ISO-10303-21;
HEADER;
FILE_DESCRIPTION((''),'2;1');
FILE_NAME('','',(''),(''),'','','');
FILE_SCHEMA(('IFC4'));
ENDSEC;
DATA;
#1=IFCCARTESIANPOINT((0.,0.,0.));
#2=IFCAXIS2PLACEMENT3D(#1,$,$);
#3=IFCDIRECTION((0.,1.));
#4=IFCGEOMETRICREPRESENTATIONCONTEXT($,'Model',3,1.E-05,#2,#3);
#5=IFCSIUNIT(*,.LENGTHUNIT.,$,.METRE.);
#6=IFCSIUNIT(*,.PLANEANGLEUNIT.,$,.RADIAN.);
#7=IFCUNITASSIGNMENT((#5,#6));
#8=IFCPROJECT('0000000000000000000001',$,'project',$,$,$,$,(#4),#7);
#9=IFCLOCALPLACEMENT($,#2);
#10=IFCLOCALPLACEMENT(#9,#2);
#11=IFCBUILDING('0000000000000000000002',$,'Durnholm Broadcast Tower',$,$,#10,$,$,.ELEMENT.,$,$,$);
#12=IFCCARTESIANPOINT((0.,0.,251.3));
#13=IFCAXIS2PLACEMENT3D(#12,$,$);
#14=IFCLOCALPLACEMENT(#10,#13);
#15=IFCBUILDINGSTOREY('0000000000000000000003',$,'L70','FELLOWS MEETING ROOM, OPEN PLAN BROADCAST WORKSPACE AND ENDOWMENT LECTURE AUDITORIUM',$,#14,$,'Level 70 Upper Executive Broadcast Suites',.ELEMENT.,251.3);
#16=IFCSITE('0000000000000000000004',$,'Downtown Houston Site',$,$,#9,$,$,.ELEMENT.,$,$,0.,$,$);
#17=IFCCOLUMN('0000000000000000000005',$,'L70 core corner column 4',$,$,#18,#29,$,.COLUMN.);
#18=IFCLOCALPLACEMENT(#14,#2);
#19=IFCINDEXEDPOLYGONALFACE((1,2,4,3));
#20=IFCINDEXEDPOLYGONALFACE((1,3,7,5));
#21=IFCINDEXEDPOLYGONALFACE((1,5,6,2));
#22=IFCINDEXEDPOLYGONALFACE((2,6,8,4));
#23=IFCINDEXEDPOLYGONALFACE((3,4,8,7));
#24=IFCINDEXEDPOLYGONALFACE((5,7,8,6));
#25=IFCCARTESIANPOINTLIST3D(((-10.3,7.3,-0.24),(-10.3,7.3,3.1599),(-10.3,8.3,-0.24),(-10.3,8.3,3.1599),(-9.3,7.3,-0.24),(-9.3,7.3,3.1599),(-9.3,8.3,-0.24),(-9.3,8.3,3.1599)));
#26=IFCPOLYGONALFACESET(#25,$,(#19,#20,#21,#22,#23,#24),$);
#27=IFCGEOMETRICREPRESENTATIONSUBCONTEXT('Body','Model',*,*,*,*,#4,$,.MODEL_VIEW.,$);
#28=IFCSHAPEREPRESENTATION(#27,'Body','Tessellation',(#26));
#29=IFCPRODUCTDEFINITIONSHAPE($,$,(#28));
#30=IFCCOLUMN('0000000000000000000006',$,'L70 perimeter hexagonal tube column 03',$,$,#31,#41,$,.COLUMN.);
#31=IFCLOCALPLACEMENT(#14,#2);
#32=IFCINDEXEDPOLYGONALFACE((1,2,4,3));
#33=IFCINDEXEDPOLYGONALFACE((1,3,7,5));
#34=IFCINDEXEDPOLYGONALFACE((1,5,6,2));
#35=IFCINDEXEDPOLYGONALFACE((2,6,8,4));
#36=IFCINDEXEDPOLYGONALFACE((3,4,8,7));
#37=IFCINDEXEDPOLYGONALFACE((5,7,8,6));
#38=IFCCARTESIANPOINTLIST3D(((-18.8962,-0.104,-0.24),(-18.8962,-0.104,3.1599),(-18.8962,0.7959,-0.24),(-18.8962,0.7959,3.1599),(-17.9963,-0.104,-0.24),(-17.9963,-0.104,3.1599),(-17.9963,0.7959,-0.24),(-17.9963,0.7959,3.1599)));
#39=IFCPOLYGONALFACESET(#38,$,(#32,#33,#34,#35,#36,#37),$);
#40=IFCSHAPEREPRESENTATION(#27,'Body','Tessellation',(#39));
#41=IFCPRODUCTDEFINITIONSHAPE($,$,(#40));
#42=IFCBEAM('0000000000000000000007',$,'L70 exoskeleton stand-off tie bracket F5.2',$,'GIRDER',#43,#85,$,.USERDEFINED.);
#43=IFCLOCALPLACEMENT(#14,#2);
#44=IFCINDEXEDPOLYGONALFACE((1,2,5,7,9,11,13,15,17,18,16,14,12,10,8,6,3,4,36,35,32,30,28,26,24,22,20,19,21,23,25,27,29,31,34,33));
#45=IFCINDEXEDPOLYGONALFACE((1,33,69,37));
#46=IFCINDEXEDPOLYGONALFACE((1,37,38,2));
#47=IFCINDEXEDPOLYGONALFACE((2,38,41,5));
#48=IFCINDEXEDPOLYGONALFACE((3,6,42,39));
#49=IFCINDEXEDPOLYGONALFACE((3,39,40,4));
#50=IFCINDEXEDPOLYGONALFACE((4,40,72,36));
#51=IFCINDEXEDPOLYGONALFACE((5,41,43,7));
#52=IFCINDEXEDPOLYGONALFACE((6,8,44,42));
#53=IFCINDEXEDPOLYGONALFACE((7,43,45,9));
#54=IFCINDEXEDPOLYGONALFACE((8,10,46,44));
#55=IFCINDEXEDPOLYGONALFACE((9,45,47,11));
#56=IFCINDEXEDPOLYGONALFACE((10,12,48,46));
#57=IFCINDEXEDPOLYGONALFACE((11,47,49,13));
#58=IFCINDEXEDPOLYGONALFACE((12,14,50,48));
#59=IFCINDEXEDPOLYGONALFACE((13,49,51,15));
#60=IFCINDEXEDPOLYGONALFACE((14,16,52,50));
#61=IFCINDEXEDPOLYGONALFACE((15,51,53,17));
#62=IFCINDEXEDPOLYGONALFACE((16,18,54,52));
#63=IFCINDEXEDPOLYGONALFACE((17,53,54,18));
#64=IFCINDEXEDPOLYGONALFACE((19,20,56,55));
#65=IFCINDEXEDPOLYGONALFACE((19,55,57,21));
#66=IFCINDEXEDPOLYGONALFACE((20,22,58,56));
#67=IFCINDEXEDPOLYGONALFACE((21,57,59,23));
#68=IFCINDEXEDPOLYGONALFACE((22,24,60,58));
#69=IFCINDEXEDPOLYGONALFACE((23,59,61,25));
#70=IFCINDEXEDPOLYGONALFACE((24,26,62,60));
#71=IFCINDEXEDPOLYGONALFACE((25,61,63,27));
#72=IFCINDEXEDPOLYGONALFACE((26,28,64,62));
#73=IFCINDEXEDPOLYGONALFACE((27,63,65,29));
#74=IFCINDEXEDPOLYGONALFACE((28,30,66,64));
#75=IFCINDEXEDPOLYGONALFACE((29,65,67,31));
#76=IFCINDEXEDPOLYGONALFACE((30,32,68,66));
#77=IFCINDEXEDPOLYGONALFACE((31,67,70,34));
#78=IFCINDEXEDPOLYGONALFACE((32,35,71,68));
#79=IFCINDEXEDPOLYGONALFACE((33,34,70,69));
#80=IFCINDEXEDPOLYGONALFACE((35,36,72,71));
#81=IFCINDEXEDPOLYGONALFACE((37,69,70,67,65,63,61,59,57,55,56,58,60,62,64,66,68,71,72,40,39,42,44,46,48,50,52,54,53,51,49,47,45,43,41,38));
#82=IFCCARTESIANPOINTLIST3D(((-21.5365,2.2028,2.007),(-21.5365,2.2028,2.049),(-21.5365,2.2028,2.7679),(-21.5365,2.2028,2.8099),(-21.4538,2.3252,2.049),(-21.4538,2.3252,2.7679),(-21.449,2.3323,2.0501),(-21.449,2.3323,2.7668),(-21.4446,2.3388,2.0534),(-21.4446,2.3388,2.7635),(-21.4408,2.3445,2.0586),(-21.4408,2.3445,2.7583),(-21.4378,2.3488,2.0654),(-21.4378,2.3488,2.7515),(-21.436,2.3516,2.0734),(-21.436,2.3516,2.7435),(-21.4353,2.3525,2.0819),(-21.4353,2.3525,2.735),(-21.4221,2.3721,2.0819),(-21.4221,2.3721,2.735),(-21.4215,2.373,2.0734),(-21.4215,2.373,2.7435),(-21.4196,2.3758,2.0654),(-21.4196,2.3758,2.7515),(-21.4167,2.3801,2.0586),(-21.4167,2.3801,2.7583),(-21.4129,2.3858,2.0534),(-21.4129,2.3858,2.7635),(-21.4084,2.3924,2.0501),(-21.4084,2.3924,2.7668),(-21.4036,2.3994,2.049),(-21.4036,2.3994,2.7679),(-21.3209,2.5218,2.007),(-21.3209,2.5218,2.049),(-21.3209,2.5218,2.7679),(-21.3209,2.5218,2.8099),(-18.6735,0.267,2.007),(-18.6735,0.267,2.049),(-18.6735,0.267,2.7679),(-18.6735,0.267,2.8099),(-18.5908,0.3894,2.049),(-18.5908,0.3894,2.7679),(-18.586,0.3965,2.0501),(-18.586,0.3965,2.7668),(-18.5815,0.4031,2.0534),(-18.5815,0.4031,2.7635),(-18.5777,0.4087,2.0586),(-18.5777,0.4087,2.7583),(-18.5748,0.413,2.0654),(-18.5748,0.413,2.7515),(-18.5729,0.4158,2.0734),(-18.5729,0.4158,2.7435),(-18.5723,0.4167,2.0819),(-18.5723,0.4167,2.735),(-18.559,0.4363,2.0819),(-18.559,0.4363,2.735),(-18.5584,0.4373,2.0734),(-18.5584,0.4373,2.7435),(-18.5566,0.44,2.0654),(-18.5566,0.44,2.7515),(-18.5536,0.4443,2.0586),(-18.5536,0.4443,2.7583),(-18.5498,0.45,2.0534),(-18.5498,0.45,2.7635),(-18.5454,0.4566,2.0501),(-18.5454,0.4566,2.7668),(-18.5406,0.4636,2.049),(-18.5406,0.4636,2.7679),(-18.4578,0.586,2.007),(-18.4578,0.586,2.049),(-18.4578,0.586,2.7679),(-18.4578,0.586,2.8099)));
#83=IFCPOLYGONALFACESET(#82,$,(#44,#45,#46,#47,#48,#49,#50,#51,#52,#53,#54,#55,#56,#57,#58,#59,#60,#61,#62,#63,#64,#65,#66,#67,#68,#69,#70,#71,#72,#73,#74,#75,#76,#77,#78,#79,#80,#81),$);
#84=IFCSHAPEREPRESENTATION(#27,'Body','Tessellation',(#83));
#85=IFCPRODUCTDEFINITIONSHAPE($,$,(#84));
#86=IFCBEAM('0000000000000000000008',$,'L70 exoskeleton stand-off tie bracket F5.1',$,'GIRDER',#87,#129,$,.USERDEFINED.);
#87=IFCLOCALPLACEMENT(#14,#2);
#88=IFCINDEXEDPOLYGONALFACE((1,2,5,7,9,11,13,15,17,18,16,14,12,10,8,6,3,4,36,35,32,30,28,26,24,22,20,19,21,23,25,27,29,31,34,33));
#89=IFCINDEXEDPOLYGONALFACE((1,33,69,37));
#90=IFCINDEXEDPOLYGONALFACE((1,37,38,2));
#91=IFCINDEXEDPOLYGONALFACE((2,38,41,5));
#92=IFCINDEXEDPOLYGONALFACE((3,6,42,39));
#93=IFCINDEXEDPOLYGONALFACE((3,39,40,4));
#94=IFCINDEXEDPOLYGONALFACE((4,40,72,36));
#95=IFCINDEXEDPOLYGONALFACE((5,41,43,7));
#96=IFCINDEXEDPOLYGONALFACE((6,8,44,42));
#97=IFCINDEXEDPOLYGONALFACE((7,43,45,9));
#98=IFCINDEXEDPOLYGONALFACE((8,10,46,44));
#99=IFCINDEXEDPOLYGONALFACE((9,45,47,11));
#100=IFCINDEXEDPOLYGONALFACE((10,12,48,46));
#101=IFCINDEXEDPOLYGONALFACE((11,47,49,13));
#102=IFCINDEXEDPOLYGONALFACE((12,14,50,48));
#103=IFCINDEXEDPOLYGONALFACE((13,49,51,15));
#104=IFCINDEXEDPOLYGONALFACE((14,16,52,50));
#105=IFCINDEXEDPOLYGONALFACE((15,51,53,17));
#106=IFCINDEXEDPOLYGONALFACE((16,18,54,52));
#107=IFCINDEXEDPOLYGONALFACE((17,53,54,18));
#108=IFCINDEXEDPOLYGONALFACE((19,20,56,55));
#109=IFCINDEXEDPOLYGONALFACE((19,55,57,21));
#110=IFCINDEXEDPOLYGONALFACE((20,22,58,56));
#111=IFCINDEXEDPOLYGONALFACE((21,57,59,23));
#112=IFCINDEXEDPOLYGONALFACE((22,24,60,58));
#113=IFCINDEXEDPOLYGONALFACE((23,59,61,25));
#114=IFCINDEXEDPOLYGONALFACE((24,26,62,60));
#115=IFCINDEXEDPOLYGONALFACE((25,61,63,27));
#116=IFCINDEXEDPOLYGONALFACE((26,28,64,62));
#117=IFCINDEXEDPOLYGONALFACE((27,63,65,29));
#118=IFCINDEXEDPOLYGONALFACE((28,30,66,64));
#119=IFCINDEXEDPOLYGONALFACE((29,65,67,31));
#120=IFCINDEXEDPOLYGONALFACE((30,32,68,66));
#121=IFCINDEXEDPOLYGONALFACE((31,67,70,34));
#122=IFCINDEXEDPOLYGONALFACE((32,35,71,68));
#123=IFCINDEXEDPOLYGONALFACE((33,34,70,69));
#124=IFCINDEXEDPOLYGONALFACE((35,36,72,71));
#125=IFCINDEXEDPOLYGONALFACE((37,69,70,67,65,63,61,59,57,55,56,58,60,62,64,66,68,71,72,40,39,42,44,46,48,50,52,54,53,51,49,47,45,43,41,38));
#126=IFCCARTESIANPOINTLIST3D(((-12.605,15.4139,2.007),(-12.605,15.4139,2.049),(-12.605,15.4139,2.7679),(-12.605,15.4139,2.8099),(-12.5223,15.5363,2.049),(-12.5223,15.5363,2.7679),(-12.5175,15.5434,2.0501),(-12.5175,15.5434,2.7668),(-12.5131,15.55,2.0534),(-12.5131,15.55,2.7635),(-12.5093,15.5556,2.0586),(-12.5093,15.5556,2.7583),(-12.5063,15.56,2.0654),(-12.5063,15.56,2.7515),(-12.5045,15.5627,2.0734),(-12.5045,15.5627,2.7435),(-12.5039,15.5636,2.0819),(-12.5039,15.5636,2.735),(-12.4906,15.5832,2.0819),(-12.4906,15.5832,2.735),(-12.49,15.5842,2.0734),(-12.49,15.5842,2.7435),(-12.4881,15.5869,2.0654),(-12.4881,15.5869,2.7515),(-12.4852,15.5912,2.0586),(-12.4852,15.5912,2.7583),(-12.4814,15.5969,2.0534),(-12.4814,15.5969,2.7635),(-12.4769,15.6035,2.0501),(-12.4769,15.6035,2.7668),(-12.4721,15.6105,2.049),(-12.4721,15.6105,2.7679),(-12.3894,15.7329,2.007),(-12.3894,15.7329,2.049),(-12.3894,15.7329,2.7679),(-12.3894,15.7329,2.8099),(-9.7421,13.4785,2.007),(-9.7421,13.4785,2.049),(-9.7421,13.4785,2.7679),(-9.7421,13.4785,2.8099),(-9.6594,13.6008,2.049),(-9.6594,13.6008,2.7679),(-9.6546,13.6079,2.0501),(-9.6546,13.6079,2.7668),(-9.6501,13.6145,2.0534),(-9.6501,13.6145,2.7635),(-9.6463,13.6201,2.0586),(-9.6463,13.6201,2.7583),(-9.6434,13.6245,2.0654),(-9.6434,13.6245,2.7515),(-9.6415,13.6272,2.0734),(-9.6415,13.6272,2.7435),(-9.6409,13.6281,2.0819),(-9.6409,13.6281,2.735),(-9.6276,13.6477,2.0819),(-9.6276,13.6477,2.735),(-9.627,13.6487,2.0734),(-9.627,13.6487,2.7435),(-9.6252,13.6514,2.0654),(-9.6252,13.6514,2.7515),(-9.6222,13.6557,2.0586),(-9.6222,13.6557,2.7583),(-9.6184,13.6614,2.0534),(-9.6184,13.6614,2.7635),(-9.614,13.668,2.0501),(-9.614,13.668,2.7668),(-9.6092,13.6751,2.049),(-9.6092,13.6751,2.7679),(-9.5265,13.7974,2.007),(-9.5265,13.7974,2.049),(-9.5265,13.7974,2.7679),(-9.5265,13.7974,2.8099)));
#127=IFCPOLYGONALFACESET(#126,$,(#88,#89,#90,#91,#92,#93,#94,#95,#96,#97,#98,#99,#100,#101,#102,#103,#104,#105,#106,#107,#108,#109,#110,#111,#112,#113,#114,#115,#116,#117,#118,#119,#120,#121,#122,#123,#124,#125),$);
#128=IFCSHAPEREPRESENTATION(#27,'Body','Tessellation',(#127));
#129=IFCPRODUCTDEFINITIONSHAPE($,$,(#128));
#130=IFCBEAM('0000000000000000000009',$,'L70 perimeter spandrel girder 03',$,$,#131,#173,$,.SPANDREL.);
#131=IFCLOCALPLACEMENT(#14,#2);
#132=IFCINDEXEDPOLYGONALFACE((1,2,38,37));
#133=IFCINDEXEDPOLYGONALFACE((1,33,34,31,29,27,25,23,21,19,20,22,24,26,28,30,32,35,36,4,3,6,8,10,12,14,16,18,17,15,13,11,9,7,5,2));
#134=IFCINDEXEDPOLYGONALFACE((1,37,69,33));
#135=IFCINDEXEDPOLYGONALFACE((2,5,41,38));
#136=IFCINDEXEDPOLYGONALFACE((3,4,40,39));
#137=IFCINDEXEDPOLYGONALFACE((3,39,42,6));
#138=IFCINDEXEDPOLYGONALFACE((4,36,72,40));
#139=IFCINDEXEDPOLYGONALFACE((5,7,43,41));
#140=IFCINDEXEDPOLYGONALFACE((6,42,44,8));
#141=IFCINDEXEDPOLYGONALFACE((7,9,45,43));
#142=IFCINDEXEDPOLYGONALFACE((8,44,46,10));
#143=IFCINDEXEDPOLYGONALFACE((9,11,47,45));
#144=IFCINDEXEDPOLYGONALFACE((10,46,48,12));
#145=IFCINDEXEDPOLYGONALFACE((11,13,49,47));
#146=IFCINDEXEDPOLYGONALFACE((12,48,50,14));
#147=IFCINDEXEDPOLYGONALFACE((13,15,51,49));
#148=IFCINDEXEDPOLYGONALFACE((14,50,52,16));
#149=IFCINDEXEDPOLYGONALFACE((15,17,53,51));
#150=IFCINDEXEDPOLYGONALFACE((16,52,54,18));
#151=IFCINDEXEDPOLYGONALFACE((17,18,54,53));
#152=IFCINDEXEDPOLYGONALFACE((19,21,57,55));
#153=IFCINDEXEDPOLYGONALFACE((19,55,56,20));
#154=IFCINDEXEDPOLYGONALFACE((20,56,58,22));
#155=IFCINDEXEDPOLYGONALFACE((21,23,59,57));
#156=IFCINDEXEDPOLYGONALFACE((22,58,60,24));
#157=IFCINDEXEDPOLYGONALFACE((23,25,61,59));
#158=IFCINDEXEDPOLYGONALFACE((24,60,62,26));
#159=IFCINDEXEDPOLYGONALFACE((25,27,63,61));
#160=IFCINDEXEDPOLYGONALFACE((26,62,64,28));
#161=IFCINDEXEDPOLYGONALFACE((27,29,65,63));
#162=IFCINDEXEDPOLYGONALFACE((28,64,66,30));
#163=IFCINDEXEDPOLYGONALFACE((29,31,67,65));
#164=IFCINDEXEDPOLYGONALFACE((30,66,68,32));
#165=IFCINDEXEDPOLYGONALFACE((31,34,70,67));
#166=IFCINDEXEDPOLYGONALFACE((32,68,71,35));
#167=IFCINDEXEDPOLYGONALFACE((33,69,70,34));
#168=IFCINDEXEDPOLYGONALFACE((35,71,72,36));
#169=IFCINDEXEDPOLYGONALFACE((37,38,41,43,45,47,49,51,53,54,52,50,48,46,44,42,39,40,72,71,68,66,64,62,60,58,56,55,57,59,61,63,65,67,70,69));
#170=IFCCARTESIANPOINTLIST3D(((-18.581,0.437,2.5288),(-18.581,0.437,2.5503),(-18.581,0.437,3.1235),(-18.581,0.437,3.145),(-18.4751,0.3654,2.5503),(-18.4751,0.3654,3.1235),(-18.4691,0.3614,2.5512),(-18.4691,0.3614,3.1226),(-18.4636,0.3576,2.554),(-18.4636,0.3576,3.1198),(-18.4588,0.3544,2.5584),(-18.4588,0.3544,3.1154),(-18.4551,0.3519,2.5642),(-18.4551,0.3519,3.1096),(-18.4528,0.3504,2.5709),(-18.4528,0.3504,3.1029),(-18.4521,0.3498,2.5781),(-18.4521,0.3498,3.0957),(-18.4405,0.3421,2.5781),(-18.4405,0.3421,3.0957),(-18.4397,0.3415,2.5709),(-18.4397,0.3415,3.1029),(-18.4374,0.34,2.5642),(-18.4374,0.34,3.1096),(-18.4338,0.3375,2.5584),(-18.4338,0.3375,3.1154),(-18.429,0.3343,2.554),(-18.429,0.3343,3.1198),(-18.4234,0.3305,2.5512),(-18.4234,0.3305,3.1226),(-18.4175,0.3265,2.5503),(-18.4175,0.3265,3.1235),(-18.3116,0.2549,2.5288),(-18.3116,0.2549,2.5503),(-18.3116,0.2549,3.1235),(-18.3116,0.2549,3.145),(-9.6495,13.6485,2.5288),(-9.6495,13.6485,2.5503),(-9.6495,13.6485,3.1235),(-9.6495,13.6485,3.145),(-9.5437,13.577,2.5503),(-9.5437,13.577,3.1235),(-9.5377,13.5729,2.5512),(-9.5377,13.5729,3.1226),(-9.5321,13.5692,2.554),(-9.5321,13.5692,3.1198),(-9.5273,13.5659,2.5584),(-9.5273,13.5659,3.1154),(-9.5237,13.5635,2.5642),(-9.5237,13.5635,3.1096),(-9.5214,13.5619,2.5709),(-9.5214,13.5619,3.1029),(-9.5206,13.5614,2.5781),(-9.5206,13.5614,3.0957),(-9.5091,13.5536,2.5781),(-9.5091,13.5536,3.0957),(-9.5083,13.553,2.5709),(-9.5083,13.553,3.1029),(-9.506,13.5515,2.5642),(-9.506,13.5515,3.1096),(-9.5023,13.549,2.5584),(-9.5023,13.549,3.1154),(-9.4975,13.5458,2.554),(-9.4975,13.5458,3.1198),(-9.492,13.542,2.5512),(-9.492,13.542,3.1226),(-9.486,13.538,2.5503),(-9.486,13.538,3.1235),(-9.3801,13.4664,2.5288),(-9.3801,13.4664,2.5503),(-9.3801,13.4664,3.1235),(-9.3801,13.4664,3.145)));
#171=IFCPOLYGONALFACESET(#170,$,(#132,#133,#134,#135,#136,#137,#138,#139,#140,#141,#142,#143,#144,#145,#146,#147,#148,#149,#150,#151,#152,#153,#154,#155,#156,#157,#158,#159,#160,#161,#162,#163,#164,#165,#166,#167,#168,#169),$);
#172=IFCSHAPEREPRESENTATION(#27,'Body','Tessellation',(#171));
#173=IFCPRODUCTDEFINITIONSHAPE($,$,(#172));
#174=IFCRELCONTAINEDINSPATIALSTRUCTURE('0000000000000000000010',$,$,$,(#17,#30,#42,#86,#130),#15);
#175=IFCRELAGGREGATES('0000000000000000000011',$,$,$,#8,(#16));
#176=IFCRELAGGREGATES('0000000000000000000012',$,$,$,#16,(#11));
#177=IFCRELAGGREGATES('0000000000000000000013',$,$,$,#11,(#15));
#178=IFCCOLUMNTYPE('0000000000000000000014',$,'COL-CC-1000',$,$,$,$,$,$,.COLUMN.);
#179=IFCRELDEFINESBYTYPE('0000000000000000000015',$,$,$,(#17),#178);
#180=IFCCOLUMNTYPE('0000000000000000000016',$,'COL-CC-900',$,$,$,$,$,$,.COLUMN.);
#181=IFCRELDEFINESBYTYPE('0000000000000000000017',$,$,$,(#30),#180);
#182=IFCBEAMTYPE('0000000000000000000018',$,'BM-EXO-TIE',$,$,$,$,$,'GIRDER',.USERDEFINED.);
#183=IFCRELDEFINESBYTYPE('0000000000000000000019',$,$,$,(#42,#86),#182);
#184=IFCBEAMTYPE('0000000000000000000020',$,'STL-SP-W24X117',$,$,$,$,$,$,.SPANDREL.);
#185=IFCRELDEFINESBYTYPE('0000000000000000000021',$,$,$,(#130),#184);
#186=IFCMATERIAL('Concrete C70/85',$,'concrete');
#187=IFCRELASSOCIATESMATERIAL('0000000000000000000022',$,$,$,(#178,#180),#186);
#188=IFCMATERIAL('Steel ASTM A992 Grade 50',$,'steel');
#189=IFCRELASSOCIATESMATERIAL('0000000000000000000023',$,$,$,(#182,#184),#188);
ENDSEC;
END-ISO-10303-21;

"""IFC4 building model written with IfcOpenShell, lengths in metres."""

from ifc_helpers import new_model, si_unit, direction, frame, origin, origin_2d, place, context, subcontext, project, spatial, rectangle, i_section, extrude, source, transform, mapped, material, material_profile, profile_set, type_object, type_shapes, element, save


model = new_model("IFC4")

# Units and contexts
model_context = context("Model", 3, precision=1e-05, world=origin(), true_north=direction((0.0, 1.0)))
body_context = subcontext(model_context, "Body", "Model", "MODEL_VIEW")
ifc_project = project(units=[si_unit("LENGTHUNIT", "METRE"), si_unit("PLANEANGLEUNIT", "RADIAN")], contexts=[model_context])

# Site, building, storey
site_placement = place(None, origin())
site = spatial("IfcSite", under=ifc_project, at=site_placement, Name="Downtown Houston Site", CompositionType="ELEMENT", RefElevation=0.0)
building_placement = place(site_placement, origin())
building = spatial("IfcBuilding", under=site, at=building_placement, Name="Durnholm Broadcast Tower", CompositionType="ELEMENT")
storey_placement = place(building_placement, frame((0.0, 0.0, 251.3)))
storey = spatial("IfcBuildingStorey", under=building, at=storey_placement, Name="L70", Description="FELLOWS MEETING ROOM, OPEN PLAN BROADCAST WORKSPACE AND ENDOWMENT LECTURE AUDITORIUM", LongName="Level 70 Upper Executive Broadcast Suites", CompositionType="ELEMENT", Elevation=251.3)

# Columns
ifc_material_1 = material(Name="Concrete C70/85", Category="concrete")
ifc_material_profile_1 = material_profile(ifc_material_1, rectangle(XDim=1.0, YDim=1.0, at=origin_2d()), Name="RC1000X1000")
ifc_profile_set_1 = profile_set([ifc_material_profile_1], Name="Concrete C70/85")
column_type_1 = type_object("IfcColumnType", Name="COL-CC-1000", PredefinedType="COLUMN", material=ifc_profile_set_1)
shared_shape_1 = source(origin(), body_context, "Body", "SweptSolid", [
    extrude(rectangle(XDim=1.0, YDim=1.0, at=origin_2d()), origin(), (0.0, 0.0, 1.0), 3.3999),
])
type_shapes(column_type_1, [shared_shape_1])
column_1_placement = place(storey_placement, frame((-9.8, 7.8, -0.24), z_axis=(0.0, 0.0, 1.0), x_axis=(1.0, 0.0, 0.0)))
element("IfcColumn", 1, at=column_1_placement, inside=storey, type_object=column_type_1, Name="L70 core corner column 4", PredefinedType="COLUMN", context=body_context, shape_type="MappedRepresentation", body=[
    mapped(shared_shape_1, transform((0.0, 0.0, 0.0), x_axis=(1.0, 0.0, 0.0), y_axis=(0.0, 1.0, 0.0), z_axis=(0.0, 0.0, 1.0), scale=1.0)),
])
ifc_material_profile_2 = material_profile(ifc_material_1, rectangle(XDim=0.8999, YDim=0.8999, at=origin_2d()), Name="RC900X900")
ifc_profile_set_2 = profile_set([ifc_material_profile_2], Name="Concrete C70/85")
column_type_2 = type_object("IfcColumnType", Name="COL-CC-900", PredefinedType="COLUMN", material=ifc_profile_set_2)
shared_shape_2 = source(origin(), body_context, "Body", "SweptSolid", [
    extrude(rectangle(XDim=0.8999, YDim=0.8999, at=origin_2d()), origin(), (0.0, 0.0, 1.0), 3.3999),
])
type_shapes(column_type_2, [shared_shape_2])
column_2_placement = place(storey_placement, frame((-18.4463, 0.3459, -0.24), z_axis=(0.0, 0.0, 1.0), x_axis=(1.0, 0.0, 0.0)))
element("IfcColumn", 2, at=column_2_placement, inside=storey, type_object=column_type_2, Name="L70 perimeter hexagonal tube column 03", PredefinedType="COLUMN", context=body_context, shape_type="MappedRepresentation", body=[
    mapped(shared_shape_2, transform((0.0, 0.0, 0.0), x_axis=(1.0, 0.0, 0.0), y_axis=(0.0, 1.0, 0.0), z_axis=(0.0, 0.0, 1.0), scale=1.0)),
])

# Beams
ifc_material_2 = material(Name="Steel ASTM A992 Grade 50", Category="steel")
ifc_material_profile_3 = material_profile(ifc_material_2, i_section(OverallWidth=0.385, OverallDepth=0.803, WebThickness=0.0237, FlangeThickness=0.042, FilletRadius=0.033, at=origin_2d()), Name="W30X261")
ifc_profile_set_3 = profile_set([ifc_material_profile_3], Name="Steel ASTM A992 Grade 50")
beam_type_1 = type_object("IfcBeamType", Name="BM-EXO-TIE", ElementType="GIRDER", PredefinedType="USERDEFINED", material=ifc_profile_set_3)
shared_shape_3 = source(origin(), body_context, "Body", "SweptSolid", [
    extrude(i_section(OverallWidth=0.385, OverallDepth=0.803, WebThickness=0.0237, FlangeThickness=0.042, FilletRadius=0.033, at=origin_2d()), origin(), (0.0, 0.0, 1.0), 3.4561),
])
beam_1_placement = place(storey_placement, frame((-18.5657, 0.4265, 2.4084), z_axis=(-0.828414, 0.560117, 0.0), x_axis=(-0.560117, -0.828414, 0.0)))
element("IfcBeam", 3, at=beam_1_placement, inside=storey, type_object=beam_type_1, Name="L70 exoskeleton stand-off tie bracket F5.2", ObjectType="GIRDER", PredefinedType="USERDEFINED", context=body_context, shape_type="MappedRepresentation", body=[
    mapped(shared_shape_3, transform((0.0, 0.0, 0.0), x_axis=(1.0, 0.0, 0.0), y_axis=(0.0, 1.0, 0.0), z_axis=(0.0, 0.0, 1.0), scale=1.0)),
])
shared_shape_4 = source(origin(), body_context, "Body", "SweptSolid", [
    extrude(i_section(OverallWidth=0.385, OverallDepth=0.803, WebThickness=0.0237, FlangeThickness=0.042, FilletRadius=0.033, at=origin_2d()), origin(), (0.0, 0.0, 1.0), 3.4558),
])
beam_2_placement = place(storey_placement, frame((-9.6343, 13.6379, 2.4084), z_axis=(-0.828446, 0.560068, 0.0), x_axis=(-0.560068, -0.828446, 0.0)))
element("IfcBeam", 4, at=beam_2_placement, inside=storey, type_object=beam_type_1, Name="L70 exoskeleton stand-off tie bracket F5.1", ObjectType="GIRDER", PredefinedType="USERDEFINED", context=body_context, shape_type="MappedRepresentation", body=[
    mapped(shared_shape_4, transform((0.0, 0.0, 0.0), x_axis=(1.0, 0.0, 0.0), y_axis=(0.0, 1.0, 0.0), z_axis=(0.0, 0.0, 1.0), scale=1.0)),
])
ifc_material_profile_4 = material_profile(ifc_material_2, i_section(OverallWidth=0.3252, OverallDepth=0.6162, WebThickness=0.0139, FlangeThickness=0.0215, FilletRadius=0.0278, at=origin_2d()), Name="W24X117")
ifc_profile_set_4 = profile_set([ifc_material_profile_4], Name="Steel ASTM A992 Grade 50")
beam_type_2 = type_object("IfcBeamType", Name="STL-SP-W24X117", PredefinedType="SPANDREL", material=ifc_profile_set_4)
shared_shape_5 = source(origin(), body_context, "Body", "SweptSolid", [
    extrude(i_section(OverallWidth=0.3252, OverallDepth=0.6162, WebThickness=0.0139, FlangeThickness=0.0215, FilletRadius=0.0278, at=origin_2d()), origin(), (0.0, 0.0, 1.0), 15.9473),
])
type_shapes(beam_type_2, [shared_shape_5])
beam_3_placement = place(storey_placement, frame((-18.4463, 0.3459, 2.8369), z_axis=(0.560062, 0.828451, 0.0), x_axis=(-0.828451, 0.560062, 0.0)))
element("IfcBeam", 5, at=beam_3_placement, inside=storey, type_object=beam_type_2, Name="L70 perimeter spandrel girder 03", PredefinedType="SPANDREL", context=body_context, shape_type="MappedRepresentation", body=[
    mapped(shared_shape_5, transform((0.0, 0.0, 0.0), x_axis=(1.0, 0.0, 0.0), y_axis=(0.0, 1.0, 0.0), z_axis=(0.0, 0.0, 1.0), scale=1.0)),
])

save(model, "model.ifc")
